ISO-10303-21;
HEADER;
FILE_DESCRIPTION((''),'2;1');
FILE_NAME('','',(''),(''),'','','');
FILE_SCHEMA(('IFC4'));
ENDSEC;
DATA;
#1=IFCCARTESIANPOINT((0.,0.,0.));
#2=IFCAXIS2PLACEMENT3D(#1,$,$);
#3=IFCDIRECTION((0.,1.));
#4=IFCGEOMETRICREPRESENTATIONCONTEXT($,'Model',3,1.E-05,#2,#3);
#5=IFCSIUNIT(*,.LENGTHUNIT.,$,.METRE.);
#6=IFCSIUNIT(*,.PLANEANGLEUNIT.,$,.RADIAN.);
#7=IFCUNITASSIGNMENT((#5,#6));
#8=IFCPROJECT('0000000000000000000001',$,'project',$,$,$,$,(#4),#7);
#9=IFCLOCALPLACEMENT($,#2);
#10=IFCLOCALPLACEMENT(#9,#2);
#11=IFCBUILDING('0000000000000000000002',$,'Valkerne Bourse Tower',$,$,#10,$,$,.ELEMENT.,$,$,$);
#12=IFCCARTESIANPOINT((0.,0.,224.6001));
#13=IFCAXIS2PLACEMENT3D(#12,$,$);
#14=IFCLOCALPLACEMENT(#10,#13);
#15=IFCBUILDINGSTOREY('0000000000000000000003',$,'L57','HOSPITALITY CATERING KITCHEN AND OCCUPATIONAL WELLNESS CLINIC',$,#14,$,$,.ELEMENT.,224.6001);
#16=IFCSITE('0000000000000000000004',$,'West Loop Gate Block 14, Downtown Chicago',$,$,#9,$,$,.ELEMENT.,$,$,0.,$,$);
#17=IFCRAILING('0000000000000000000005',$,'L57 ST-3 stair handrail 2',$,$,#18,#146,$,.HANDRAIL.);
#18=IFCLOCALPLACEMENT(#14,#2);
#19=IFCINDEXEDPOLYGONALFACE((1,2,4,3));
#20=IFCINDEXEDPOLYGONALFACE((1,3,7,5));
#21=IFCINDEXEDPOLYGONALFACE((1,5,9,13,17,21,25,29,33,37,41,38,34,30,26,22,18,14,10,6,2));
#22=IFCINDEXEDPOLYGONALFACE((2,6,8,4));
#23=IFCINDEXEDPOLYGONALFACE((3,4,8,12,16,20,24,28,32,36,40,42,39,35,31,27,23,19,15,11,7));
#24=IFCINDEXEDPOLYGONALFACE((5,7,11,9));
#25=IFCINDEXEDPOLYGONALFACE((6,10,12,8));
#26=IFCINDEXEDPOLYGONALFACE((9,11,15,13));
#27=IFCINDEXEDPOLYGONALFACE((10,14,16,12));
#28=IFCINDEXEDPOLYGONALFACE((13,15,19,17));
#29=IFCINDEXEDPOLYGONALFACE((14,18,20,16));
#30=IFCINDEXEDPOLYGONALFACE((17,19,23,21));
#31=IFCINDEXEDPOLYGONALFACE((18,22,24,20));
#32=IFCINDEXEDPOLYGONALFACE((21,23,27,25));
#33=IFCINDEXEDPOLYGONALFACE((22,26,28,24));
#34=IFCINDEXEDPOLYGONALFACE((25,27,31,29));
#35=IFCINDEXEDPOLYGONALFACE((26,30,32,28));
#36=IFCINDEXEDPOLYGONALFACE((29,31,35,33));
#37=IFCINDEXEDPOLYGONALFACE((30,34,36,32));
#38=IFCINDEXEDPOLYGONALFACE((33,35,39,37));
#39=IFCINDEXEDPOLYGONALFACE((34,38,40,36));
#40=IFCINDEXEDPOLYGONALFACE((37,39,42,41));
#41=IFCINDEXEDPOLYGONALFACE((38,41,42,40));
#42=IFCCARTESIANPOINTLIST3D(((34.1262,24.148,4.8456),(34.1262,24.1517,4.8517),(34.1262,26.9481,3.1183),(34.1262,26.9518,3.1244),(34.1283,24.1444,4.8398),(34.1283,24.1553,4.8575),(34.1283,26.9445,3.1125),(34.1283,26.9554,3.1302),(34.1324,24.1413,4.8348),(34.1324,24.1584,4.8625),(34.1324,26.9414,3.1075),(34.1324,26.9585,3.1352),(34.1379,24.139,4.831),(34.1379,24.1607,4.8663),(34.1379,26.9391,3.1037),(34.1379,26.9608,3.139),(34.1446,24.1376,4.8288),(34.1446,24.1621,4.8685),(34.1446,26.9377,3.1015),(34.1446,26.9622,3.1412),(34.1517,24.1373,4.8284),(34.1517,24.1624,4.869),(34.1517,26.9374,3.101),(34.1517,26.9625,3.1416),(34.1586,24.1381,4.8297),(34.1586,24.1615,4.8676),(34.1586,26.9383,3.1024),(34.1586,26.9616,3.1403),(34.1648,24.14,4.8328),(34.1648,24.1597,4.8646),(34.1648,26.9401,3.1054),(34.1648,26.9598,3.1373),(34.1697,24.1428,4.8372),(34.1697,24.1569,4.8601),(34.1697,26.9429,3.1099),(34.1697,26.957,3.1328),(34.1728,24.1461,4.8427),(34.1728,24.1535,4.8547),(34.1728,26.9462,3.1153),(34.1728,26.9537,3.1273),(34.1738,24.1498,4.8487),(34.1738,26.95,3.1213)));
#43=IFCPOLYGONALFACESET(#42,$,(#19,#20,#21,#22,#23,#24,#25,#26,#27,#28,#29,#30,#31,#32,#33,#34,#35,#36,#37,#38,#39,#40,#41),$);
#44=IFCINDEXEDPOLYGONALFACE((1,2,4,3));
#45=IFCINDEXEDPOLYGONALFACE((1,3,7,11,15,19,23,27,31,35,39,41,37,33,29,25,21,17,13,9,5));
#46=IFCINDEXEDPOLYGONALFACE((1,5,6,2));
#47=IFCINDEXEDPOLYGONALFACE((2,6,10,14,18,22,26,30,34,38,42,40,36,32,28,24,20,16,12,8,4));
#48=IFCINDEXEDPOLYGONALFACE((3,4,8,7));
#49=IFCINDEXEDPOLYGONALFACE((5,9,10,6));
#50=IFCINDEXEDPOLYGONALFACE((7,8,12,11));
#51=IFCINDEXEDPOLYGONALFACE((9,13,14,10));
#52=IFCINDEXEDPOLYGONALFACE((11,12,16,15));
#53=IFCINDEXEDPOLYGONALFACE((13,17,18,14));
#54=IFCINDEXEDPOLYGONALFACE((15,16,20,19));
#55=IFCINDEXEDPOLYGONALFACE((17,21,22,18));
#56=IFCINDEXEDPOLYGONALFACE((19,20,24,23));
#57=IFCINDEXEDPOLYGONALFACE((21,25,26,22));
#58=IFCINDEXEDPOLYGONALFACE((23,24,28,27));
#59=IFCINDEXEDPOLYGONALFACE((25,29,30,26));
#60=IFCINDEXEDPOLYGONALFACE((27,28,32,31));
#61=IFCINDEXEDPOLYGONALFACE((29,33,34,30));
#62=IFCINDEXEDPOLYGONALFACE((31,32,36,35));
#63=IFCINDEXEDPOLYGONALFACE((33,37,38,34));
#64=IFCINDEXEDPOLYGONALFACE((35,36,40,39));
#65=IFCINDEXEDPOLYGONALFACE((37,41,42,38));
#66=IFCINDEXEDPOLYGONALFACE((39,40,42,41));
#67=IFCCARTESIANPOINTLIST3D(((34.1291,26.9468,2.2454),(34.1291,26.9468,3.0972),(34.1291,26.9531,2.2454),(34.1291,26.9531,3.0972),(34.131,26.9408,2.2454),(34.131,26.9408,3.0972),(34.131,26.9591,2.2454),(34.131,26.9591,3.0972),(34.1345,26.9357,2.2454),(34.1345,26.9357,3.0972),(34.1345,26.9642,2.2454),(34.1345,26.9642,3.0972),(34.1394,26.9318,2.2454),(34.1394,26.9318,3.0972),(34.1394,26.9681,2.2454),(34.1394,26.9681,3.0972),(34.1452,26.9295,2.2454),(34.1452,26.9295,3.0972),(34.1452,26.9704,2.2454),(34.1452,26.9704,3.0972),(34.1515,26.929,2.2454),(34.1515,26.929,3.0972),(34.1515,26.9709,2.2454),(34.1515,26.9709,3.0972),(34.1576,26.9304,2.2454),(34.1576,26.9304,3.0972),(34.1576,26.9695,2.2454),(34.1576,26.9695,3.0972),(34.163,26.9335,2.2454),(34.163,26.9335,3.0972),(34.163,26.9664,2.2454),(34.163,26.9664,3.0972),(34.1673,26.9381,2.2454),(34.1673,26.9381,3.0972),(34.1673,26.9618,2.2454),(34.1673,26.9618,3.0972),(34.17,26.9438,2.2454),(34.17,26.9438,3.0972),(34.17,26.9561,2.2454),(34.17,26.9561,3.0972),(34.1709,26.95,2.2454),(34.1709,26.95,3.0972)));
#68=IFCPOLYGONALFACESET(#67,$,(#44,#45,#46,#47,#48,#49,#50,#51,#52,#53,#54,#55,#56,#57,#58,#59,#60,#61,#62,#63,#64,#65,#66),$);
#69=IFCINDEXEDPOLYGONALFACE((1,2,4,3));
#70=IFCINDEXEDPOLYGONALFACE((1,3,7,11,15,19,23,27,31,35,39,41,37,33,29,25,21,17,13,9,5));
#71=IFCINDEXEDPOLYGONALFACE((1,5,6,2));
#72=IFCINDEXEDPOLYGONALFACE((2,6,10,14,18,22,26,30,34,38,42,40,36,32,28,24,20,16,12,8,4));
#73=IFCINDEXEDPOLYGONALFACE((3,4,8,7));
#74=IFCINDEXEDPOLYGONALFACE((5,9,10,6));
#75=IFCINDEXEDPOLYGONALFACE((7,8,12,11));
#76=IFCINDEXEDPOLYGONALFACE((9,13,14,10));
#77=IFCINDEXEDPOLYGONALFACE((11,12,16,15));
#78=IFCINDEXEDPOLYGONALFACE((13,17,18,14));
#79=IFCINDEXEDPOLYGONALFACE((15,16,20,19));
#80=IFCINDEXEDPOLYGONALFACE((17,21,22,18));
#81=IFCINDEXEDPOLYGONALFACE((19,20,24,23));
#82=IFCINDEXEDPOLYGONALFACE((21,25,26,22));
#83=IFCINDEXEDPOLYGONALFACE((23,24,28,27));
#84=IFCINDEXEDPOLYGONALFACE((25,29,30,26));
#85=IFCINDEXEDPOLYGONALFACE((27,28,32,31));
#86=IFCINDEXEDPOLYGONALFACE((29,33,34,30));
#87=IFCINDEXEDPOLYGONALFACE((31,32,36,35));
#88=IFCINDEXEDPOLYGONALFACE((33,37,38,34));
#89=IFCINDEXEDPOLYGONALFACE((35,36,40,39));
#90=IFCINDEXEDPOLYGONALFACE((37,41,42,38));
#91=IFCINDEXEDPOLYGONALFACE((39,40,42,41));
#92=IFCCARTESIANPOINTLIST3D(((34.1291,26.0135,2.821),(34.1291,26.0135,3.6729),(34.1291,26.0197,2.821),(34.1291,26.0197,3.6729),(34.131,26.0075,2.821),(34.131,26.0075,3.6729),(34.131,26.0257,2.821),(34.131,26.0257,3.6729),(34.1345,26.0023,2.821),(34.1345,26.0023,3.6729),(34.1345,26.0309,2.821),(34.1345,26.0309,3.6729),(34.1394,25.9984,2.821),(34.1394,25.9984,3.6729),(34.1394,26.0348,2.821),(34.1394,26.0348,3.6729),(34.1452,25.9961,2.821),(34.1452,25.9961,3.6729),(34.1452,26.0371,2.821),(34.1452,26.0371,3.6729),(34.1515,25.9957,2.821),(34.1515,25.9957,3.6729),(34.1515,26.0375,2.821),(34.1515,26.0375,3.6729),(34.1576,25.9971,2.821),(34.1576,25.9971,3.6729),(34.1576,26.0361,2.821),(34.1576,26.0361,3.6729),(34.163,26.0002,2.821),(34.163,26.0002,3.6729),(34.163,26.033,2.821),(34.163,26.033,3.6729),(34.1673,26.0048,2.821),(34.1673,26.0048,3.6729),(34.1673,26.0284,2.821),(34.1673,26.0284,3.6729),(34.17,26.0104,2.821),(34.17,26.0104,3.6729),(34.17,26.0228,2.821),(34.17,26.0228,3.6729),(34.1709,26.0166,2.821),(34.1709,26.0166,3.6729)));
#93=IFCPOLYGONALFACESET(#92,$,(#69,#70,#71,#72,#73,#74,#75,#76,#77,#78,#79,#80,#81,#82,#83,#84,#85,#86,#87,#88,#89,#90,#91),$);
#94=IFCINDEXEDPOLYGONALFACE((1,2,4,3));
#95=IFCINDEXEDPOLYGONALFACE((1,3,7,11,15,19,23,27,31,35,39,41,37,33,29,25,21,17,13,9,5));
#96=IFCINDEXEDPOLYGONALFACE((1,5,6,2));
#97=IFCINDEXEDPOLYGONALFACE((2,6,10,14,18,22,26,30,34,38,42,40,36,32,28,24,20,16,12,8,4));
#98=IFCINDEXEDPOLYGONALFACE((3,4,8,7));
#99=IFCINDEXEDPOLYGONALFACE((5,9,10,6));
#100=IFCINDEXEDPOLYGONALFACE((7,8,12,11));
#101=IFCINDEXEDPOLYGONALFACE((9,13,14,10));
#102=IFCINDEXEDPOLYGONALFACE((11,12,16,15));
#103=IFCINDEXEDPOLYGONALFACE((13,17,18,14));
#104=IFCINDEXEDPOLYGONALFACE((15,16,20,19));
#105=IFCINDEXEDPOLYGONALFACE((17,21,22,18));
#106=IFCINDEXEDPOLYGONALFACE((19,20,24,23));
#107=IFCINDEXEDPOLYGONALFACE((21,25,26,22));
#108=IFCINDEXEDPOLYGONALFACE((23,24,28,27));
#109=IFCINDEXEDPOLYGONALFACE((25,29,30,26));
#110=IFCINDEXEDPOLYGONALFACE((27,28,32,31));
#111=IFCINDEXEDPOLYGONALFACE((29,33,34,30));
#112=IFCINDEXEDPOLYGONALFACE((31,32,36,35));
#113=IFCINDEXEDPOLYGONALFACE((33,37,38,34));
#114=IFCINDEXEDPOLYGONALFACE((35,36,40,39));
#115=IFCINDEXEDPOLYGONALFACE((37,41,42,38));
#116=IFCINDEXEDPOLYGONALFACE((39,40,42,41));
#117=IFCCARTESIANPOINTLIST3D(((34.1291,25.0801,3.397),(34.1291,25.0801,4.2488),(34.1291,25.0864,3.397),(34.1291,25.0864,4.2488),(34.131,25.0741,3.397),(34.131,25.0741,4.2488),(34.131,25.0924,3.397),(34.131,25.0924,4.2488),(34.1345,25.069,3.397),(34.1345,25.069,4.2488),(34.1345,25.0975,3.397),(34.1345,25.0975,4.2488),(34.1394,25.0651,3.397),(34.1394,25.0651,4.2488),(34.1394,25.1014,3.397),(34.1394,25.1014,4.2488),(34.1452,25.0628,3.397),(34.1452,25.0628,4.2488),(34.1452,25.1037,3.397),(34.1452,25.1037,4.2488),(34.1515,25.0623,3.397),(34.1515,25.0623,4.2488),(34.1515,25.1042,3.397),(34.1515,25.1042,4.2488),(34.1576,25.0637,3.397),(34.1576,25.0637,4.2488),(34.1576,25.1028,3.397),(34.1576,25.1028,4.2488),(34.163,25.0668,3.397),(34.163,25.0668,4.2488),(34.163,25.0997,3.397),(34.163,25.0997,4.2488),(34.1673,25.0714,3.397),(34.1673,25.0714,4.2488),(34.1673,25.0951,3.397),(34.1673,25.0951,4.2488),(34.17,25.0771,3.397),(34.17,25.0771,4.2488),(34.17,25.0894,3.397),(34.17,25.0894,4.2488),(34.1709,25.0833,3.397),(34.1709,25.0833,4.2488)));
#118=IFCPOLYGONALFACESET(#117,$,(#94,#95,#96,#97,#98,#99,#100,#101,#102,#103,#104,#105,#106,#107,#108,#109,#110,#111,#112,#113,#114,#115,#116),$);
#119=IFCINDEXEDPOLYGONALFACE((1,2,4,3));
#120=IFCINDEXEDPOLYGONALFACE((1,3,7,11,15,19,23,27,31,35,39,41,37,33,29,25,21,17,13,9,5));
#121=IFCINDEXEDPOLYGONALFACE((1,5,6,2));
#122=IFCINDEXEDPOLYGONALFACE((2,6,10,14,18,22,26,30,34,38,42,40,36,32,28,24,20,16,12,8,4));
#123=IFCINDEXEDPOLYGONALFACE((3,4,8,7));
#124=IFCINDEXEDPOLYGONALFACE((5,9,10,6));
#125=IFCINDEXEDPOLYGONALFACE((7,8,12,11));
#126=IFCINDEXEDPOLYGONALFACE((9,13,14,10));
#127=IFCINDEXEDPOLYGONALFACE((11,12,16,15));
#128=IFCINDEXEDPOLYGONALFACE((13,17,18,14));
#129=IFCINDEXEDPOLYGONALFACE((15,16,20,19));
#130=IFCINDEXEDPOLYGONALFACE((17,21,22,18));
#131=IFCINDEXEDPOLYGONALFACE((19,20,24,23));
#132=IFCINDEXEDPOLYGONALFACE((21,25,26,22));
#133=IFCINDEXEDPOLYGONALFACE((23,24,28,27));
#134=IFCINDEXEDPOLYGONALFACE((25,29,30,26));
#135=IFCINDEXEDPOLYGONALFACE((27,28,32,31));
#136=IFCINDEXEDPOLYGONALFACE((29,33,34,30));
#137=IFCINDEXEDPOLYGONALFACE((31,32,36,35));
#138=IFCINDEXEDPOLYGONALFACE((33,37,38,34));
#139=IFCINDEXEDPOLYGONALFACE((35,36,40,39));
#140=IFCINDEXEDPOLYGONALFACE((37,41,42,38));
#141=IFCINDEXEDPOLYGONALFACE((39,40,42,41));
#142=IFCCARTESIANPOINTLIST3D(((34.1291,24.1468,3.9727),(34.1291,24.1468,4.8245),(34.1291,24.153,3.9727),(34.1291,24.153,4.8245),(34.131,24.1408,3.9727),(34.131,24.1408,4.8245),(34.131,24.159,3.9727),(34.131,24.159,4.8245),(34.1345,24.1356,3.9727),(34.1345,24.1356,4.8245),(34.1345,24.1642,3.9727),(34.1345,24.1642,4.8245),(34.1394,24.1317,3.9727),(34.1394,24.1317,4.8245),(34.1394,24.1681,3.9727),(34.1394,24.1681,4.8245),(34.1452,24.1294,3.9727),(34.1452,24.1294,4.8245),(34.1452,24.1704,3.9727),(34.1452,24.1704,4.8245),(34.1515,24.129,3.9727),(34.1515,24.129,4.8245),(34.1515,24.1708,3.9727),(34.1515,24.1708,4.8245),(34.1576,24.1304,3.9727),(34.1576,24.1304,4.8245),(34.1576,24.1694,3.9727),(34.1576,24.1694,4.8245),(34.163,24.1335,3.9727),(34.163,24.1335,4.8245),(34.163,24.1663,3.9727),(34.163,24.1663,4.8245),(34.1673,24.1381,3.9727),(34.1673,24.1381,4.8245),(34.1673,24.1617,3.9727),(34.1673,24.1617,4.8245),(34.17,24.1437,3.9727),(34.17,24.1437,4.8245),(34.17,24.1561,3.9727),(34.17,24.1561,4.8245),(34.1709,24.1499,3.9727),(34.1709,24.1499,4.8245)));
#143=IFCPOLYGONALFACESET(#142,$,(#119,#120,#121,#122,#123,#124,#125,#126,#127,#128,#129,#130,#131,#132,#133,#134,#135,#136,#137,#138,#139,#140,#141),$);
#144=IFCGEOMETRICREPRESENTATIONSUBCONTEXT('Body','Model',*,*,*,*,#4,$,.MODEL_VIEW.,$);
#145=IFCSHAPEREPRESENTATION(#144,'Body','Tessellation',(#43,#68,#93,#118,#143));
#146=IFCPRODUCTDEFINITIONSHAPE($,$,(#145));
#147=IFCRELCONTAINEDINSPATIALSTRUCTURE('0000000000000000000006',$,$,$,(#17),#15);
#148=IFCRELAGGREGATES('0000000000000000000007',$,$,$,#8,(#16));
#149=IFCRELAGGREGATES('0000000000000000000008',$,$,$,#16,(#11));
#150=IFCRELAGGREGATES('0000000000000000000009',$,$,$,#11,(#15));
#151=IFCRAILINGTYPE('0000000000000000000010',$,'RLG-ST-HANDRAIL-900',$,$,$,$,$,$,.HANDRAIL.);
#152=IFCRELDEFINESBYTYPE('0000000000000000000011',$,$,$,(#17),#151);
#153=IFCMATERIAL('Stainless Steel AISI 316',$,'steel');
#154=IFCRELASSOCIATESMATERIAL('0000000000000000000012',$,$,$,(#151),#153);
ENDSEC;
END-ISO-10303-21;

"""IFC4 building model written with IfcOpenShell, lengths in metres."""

from ifc_helpers import new_model, si_unit, direction, frame, origin, origin_2d, place, context, subcontext, project, spatial, circle, extrude, material, type_object, element, save


model = new_model("IFC4")

# Units and contexts
model_context = context("Model", 3, precision=1e-05, world=origin(), true_north=direction((0.0, 1.0)))
body_context = subcontext(model_context, "Body", "Model", "MODEL_VIEW")
ifc_project = project(units=[si_unit("LENGTHUNIT", "METRE"), si_unit("PLANEANGLEUNIT", "RADIAN")], contexts=[model_context])

# Site, building, storey
site_placement = place(None, origin())
site = spatial("IfcSite", under=ifc_project, at=site_placement, Name="West Loop Gate Block 14, Downtown Chicago", CompositionType="ELEMENT", RefElevation=0.0)
building_placement = place(site_placement, origin())
building = spatial("IfcBuilding", under=site, at=building_placement, Name="Valkerne Bourse Tower", CompositionType="ELEMENT")
storey_placement = place(building_placement, frame((0.0, 0.0, 224.6001)))
storey = spatial("IfcBuildingStorey", under=building, at=storey_placement, Name="L57", Description="HOSPITALITY CATERING KITCHEN AND OCCUPATIONAL WELLNESS CLINIC", CompositionType="ELEMENT", Elevation=224.6001)

# Railing
ifc_material_1 = material(Name="Stainless Steel AISI 316", Category="steel")
railing_type_1 = type_object("IfcRailingType", Name="RLG-ST-HANDRAIL-900", PredefinedType="HANDRAIL", material=ifc_material_1)
railing_1_placement = place(storey_placement, frame((34.1499, 26.95, 2.2454)))
element("IfcRailing", 1, at=railing_1_placement, inside=storey, type_object=railing_type_1, Name="L57 ST-3 stair handrail 2", PredefinedType="HANDRAIL", context=body_context, shape_type="SweptSolid", body=[
    extrude(circle(Radius=0.0239, at=origin_2d()), frame((0.0, 0.0, 0.876), z_axis=(0.0, -0.85109, 0.52502), x_axis=(1.0, 0.0, 0.0)), (0.0, 0.0, 1.0), 3.29),
    extrude(circle(Radius=0.021, at=origin_2d()), origin(), (0.0, 0.0, 1.0), 0.8518),
    extrude(circle(Radius=0.021, at=origin_2d()), frame((0.0, -0.9333, 0.5757)), (0.0, 0.0, 1.0), 0.8518),
    extrude(circle(Radius=0.021, at=origin_2d()), frame((0.0, -1.8667, 1.1516)), (0.0, 0.0, 1.0), 0.8518),
    extrude(circle(Radius=0.021, at=origin_2d()), frame((0.0, -2.8, 1.7273)), (0.0, 0.0, 1.0), 0.8518),
])

save(model, "model.ifc")
